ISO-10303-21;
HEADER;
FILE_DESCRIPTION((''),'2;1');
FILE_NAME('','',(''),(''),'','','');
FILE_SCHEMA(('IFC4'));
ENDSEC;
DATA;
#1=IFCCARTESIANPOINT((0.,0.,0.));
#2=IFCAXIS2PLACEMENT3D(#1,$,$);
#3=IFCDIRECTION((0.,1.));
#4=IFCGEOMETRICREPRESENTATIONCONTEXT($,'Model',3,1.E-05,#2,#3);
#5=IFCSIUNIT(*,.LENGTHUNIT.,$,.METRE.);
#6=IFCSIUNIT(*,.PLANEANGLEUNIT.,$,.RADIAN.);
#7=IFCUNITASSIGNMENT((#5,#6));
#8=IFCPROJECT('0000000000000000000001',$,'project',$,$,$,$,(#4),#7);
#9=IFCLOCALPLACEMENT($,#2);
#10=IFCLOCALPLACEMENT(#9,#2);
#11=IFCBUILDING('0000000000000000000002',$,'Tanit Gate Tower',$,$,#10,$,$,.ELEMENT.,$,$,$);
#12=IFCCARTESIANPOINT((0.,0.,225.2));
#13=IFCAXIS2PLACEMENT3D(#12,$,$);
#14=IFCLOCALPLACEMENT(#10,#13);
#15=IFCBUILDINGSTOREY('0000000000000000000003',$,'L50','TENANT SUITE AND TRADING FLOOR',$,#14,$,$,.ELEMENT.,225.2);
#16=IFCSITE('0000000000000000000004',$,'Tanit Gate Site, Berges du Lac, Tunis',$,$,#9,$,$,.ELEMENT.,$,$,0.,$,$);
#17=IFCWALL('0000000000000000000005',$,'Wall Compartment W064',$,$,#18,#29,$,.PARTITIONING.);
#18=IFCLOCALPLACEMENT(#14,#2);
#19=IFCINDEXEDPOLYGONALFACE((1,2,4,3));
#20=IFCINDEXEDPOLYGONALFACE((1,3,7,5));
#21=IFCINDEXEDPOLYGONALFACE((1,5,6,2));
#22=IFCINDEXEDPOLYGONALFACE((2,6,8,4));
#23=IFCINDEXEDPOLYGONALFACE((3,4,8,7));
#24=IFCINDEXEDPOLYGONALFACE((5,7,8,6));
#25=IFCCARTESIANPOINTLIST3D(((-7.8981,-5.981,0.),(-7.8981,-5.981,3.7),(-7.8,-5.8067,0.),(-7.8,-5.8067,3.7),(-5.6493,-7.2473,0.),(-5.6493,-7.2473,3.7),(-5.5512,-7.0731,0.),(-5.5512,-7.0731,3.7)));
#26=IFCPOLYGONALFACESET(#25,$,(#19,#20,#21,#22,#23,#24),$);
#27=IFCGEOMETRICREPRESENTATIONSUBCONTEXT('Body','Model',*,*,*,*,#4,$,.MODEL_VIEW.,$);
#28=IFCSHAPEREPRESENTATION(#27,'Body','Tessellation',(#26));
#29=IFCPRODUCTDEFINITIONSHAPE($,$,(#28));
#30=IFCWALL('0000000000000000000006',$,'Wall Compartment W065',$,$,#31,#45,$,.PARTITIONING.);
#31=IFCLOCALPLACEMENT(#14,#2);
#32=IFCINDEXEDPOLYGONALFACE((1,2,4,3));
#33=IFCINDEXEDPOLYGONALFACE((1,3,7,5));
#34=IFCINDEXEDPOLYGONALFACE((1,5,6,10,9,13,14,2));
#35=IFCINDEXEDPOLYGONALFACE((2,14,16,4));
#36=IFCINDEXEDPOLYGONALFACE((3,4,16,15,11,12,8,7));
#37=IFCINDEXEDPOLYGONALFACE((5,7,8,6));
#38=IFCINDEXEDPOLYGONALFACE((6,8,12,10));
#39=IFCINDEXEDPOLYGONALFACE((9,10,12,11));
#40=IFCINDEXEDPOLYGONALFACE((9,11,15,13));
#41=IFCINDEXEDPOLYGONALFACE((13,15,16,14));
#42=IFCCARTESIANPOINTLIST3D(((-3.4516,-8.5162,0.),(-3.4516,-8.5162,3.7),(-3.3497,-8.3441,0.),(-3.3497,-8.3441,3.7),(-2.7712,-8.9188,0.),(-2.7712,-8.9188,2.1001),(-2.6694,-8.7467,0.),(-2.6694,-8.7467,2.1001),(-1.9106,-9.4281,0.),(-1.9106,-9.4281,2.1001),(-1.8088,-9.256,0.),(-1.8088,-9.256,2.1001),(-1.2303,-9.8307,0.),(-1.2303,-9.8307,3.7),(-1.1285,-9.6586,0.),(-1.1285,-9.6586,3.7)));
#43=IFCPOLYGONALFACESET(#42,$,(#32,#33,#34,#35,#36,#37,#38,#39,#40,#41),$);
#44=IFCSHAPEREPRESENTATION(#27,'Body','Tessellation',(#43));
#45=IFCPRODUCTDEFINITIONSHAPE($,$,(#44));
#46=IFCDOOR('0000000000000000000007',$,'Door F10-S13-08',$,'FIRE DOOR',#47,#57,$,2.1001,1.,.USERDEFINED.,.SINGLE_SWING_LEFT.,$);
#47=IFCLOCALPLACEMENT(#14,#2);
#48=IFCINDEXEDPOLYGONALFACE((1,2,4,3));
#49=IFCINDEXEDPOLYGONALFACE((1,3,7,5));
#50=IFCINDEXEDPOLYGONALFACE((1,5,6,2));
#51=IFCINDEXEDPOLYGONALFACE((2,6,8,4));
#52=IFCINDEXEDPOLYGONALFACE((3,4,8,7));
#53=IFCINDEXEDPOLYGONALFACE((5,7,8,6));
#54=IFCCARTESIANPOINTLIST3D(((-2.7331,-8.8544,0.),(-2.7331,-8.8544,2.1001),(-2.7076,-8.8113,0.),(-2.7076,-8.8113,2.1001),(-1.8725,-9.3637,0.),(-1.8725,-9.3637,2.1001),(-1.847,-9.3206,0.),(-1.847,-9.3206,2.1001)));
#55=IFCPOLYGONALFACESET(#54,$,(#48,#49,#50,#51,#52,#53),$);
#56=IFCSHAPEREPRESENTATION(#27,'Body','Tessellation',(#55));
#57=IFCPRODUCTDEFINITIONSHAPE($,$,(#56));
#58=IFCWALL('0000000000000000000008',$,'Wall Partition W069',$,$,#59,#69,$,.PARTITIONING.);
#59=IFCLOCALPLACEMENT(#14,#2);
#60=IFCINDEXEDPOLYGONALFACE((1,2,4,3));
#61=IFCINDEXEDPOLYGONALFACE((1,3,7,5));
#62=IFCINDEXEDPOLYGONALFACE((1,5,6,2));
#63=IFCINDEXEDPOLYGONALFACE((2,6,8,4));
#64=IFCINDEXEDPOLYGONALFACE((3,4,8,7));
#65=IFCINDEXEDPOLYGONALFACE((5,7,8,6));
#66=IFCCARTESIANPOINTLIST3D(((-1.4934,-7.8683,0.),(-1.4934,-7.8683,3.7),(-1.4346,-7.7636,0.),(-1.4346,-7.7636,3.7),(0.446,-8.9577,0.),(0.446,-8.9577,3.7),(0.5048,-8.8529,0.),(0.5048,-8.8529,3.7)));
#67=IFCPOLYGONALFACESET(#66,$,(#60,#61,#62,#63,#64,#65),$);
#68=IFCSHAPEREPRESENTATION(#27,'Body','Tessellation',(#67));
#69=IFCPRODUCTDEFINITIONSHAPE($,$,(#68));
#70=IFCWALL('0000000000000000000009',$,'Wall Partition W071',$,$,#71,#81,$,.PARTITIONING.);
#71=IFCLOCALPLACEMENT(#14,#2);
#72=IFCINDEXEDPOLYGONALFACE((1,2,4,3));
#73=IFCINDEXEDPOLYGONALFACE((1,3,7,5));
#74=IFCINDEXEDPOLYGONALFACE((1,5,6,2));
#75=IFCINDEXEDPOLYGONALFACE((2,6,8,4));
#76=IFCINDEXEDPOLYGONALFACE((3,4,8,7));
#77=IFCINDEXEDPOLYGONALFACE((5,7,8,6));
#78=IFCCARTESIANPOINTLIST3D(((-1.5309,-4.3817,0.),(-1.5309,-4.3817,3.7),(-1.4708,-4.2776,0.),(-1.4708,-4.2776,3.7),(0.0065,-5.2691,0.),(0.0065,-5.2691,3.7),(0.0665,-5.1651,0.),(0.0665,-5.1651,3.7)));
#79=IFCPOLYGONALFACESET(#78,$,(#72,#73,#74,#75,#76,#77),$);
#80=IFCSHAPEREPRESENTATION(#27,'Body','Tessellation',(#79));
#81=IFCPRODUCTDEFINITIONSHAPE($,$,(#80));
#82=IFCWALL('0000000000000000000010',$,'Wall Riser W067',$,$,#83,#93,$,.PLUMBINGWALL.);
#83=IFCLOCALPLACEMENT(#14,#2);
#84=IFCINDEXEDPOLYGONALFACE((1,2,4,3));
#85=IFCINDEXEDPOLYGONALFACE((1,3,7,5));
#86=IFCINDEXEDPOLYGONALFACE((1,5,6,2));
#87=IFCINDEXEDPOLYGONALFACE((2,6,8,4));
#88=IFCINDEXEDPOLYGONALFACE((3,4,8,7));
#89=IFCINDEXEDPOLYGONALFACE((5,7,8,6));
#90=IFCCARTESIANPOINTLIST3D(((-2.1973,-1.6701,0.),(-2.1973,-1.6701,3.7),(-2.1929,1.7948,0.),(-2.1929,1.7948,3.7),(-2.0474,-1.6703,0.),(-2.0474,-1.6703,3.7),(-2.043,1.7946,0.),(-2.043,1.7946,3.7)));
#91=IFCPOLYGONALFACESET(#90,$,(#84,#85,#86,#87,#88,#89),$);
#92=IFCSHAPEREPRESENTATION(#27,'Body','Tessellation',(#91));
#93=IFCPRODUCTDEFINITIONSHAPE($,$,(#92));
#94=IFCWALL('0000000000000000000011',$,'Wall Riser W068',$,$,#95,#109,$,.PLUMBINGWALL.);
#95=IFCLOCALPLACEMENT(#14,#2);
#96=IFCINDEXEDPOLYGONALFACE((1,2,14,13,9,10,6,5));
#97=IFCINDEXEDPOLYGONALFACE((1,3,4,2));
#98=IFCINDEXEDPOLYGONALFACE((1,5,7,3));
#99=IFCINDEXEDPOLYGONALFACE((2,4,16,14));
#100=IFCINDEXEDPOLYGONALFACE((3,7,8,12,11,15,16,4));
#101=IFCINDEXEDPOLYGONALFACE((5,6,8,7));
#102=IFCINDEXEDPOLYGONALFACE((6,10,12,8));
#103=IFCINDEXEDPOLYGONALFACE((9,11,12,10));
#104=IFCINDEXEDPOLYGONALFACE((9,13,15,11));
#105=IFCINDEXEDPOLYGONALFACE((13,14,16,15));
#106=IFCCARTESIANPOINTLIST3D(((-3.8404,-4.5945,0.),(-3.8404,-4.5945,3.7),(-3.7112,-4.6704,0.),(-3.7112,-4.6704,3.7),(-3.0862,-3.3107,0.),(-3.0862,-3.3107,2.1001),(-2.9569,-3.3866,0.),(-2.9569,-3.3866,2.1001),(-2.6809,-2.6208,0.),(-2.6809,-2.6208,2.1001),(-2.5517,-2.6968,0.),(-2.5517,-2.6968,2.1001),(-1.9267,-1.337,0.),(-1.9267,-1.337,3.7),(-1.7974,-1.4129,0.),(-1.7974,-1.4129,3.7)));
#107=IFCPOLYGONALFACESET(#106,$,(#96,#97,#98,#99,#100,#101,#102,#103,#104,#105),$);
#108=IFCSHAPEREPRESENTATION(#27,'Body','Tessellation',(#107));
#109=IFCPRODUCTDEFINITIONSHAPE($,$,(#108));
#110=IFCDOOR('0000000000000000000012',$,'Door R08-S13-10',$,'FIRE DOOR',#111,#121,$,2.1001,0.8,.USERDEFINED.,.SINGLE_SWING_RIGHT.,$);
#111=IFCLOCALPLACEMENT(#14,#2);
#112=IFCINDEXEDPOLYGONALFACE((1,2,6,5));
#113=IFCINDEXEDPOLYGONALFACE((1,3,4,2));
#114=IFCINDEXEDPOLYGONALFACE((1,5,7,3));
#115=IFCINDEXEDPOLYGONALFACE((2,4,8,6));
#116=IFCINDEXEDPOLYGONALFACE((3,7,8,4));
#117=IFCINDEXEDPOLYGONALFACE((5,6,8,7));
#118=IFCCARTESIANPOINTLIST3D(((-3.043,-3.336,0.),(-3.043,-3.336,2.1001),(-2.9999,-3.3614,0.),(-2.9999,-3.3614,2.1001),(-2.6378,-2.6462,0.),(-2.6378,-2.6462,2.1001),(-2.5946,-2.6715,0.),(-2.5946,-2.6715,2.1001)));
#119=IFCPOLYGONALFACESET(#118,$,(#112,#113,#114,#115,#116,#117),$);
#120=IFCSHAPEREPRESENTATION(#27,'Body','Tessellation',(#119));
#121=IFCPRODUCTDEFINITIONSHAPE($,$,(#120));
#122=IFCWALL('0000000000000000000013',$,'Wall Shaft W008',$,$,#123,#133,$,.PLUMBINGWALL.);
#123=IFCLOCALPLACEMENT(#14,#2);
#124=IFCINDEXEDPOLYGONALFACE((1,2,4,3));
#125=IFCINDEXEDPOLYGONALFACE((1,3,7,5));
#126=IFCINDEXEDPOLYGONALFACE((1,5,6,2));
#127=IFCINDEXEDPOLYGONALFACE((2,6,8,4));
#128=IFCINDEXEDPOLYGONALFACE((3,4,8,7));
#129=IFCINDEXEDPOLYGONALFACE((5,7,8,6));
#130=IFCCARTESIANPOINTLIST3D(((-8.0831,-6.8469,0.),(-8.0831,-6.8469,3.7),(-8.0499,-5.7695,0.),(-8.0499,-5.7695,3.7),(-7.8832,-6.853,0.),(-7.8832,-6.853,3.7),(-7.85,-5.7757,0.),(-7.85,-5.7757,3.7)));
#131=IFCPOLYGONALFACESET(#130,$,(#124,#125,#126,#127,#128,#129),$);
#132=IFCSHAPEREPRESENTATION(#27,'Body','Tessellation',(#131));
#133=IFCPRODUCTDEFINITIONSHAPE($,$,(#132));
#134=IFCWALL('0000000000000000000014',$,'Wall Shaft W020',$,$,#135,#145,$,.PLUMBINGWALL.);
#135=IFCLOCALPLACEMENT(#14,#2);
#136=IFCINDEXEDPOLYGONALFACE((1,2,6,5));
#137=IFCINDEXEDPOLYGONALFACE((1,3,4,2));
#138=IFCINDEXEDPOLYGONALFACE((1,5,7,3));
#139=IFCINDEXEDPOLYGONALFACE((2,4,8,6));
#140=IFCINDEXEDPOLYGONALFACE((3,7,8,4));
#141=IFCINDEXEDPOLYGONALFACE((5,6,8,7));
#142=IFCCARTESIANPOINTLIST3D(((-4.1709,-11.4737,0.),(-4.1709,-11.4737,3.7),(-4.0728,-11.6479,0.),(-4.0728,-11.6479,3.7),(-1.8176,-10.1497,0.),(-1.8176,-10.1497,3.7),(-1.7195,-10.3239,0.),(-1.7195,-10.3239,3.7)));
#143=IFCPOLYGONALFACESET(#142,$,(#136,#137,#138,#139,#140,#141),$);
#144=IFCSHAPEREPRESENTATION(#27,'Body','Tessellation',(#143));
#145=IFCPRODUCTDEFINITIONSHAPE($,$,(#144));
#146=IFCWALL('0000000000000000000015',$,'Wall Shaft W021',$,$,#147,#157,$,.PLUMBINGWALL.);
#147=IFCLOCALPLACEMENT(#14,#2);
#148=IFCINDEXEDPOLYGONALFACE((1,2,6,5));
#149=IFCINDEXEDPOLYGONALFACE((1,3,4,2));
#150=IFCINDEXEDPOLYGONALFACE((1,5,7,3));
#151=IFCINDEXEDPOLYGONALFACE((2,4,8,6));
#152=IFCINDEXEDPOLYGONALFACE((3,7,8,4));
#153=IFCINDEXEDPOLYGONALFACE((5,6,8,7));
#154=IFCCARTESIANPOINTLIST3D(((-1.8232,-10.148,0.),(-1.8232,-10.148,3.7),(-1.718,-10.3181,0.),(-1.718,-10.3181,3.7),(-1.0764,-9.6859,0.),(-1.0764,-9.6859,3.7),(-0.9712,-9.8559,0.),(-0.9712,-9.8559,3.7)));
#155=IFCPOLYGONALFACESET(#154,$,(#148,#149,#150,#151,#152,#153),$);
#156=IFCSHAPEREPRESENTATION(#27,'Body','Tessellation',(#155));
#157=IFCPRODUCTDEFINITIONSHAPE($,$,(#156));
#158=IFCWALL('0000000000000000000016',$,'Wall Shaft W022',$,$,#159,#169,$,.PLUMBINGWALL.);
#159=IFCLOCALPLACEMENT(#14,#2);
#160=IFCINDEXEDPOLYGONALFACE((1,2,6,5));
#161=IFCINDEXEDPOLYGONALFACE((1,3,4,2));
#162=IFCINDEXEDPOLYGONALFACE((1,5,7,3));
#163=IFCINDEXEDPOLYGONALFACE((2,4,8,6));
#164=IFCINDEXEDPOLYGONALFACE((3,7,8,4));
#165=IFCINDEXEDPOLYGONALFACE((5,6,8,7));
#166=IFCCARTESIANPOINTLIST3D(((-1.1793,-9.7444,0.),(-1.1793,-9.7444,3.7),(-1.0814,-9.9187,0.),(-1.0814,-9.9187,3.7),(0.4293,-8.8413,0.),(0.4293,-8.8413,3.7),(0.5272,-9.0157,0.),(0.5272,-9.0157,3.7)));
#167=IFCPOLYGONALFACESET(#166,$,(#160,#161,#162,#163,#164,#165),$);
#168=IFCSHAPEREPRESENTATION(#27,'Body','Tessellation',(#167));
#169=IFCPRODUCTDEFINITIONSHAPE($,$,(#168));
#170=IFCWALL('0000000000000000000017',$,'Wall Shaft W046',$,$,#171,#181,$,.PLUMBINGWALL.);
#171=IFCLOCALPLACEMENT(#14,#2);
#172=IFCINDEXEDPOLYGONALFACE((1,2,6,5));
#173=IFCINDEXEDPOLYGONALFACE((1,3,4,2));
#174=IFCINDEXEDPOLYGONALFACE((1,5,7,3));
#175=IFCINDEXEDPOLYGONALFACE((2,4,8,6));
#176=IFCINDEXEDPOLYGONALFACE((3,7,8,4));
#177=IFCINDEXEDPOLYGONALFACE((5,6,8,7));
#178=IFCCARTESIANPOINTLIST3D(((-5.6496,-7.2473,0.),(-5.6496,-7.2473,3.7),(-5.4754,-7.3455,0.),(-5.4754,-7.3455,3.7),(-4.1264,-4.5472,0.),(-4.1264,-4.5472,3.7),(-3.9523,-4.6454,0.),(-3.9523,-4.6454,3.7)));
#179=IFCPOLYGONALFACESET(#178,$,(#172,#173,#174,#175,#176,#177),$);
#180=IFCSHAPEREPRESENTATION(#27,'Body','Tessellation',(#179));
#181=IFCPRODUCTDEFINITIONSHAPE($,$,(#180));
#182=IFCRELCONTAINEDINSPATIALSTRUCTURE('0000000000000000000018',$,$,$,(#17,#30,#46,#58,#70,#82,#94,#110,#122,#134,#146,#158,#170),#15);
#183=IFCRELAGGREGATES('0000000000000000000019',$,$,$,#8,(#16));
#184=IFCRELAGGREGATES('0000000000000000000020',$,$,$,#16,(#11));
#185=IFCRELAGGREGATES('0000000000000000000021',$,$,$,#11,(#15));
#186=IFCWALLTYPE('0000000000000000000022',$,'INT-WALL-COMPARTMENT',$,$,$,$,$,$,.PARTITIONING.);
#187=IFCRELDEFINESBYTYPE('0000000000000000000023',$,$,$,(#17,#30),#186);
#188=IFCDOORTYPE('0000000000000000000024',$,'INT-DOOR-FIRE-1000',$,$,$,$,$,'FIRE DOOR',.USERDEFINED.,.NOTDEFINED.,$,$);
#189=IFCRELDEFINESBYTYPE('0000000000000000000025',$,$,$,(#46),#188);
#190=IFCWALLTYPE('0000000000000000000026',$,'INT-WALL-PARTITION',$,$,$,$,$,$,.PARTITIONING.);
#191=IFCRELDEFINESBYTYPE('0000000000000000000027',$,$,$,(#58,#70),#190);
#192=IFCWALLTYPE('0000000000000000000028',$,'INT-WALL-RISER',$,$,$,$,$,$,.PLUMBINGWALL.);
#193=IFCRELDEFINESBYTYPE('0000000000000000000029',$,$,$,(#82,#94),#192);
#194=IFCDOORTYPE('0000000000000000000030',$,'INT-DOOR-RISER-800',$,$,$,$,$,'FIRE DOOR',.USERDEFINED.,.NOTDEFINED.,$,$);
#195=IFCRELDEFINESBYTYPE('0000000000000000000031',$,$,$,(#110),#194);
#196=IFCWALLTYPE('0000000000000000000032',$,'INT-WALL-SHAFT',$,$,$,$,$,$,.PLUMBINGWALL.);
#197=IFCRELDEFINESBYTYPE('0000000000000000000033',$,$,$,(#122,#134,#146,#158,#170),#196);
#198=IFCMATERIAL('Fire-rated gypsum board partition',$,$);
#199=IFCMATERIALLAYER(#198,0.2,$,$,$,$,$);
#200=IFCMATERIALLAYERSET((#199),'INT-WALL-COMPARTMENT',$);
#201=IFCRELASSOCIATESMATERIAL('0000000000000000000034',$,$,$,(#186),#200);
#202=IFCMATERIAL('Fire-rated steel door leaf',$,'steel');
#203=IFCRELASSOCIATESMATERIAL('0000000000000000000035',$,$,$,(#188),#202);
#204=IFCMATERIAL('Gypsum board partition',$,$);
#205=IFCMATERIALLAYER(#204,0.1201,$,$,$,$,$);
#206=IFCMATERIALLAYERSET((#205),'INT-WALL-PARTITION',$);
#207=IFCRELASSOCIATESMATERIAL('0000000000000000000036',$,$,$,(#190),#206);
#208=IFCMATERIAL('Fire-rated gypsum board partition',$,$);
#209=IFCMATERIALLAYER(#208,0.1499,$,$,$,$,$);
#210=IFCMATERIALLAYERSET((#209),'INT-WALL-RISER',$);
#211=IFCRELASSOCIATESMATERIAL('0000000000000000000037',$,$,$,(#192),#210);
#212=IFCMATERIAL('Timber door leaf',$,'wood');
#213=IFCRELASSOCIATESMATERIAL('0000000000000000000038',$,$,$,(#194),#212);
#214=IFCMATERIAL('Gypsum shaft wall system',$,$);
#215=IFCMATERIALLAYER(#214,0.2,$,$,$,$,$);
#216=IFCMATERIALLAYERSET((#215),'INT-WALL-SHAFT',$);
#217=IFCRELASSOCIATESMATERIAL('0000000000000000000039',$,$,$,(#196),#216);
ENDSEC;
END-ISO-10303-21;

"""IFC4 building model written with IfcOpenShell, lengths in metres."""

from ifc_helpers import new_model, si_unit, direction, frame, frame_2d, origin, place, context, subcontext, project, spatial, rectangle, extrude, material, layer, layer_set, type_object, element, fill, save


model = new_model("IFC4")

# Units and contexts
model_context = context("Model", 3, precision=1e-05, world=origin(), true_north=direction((0.0, 1.0)))
body_context = subcontext(model_context, "Body", "Model", "MODEL_VIEW")
ifc_project = project(units=[si_unit("LENGTHUNIT", "METRE"), si_unit("PLANEANGLEUNIT", "RADIAN")], contexts=[model_context])

# Site, building, storey
site_placement = place(None, origin())
site = spatial("IfcSite", under=ifc_project, at=site_placement, Name="Tanit Gate Site, Berges du Lac, Tunis", CompositionType="ELEMENT", RefElevation=0.0)
building_placement = place(site_placement, origin())
building = spatial("IfcBuilding", under=site, at=building_placement, Name="Tanit Gate Tower", CompositionType="ELEMENT")
storey_placement = place(building_placement, frame((0.0, 0.0, 225.2)))
storey = spatial("IfcBuildingStorey", under=building, at=storey_placement, Name="L50", Description="TENANT SUITE AND TRADING FLOOR", CompositionType="ELEMENT", Elevation=225.2)

# Wall
ifc_material_1 = material(Name="Fire-rated gypsum board partition")
ifc_layer_1 = layer(ifc_material_1, 0.2)
ifc_layer_set_1 = layer_set([ifc_layer_1], Name="INT-WALL-COMPARTMENT")
wall_type_1 = type_object("IfcWallType", Name="INT-WALL-COMPARTMENT", PredefinedType="PARTITIONING", material=ifc_layer_set_1)
wall_1_placement = place(storey_placement, frame((-7.8491, -5.8938, 0.0), z_axis=(0.0, 0.0, 1.0), x_axis=(0.87134, -0.490679, 0.0)))
element("IfcWall", 1, at=wall_1_placement, inside=storey, type_object=wall_type_1, Name="Wall Compartment W064", PredefinedType="PARTITIONING", context=body_context, shape_type="SweptSolid", body=[
    extrude(rectangle(XDim=2.5808, YDim=0.2, at=frame_2d((1.2905, 0.0))), origin(), (0.0, 0.0, 1.0), 3.7),
])

# Wall, opening, door
wall_2_placement = place(storey_placement, frame((-3.4006, -8.4302, 0.0), z_axis=(0.0, 0.0, 1.0), x_axis=(0.860599, -0.509284, 0.0)))
wall_2 = element("IfcWall", 2, at=wall_2_placement, inside=storey, type_object=wall_type_1, Name="Wall Compartment W065", PredefinedType="PARTITIONING", context=body_context, shape_type="SweptSolid", body=[
    extrude(rectangle(XDim=2.5811, YDim=0.2, at=frame_2d((1.2905, 0.0))), origin(), (0.0, 0.0, 1.0), 3.7),
])
opening_1_placement = place(wall_2_placement, frame((0.7905, 0.0, 0.0)))
opening_1 = element("IfcOpeningElement", 3, at=opening_1_placement, cuts=wall_2, PredefinedType="OPENING", context=body_context, shape_type="SweptSolid", body=[
    extrude(rectangle(XDim=1.0, YDim=2.1001, at=frame_2d((0.5, 1.05))), frame((0.0, 0.1099, 0.0), z_axis=(0.0, -1.0, 0.0), x_axis=(1.0, 0.0, 0.0)), (0.0, 0.0, 1.0), 0.22),
])
ifc_material_2 = material(Name="Fire-rated steel door leaf", Category="steel")
door_type_1 = type_object("IfcDoorType", Name="INT-DOOR-FIRE-1000", ElementType="FIRE DOOR", OperationType="NOTDEFINED", PredefinedType="USERDEFINED", material=ifc_material_2)
door_1_placement = place(opening_1_placement, origin())
door_1 = element("IfcDoor", 4, at=door_1_placement, inside=storey, type_object=door_type_1, Name="Door F10-S13-08", ObjectType="FIRE DOOR", OperationType="SINGLE_SWING_LEFT", OverallHeight=2.1001, OverallWidth=1.0, PredefinedType="USERDEFINED", context=body_context, shape_type="SweptSolid", body=[
    extrude(rectangle(XDim=1.0, YDim=2.1001, at=frame_2d((0.5, 1.05))), frame((0.0, 0.0249, 0.0), z_axis=(0.0, -1.0, 0.0), x_axis=(1.0, 0.0, 0.0)), (0.0, 0.0, 1.0), 0.05),
])
fill(opening_1, door_1)

# Walls
ifc_material_3 = material(Name="Gypsum board partition")
ifc_layer_2 = layer(ifc_material_3, 0.1201)
ifc_layer_set_2 = layer_set([ifc_layer_2], Name="INT-WALL-PARTITION")
wall_type_2 = type_object("IfcWallType", Name="INT-WALL-PARTITION", PredefinedType="PARTITIONING", material=ifc_layer_set_2)
wall_3_placement = place(storey_placement, frame((-1.4641, -7.8159, 0.0), z_axis=(0.0, 0.0, 1.0), x_axis=(0.87188, -0.489719, 0.0)))
element("IfcWall", 5, at=wall_3_placement, inside=storey, type_object=wall_type_2, Name="Wall Partition W069", PredefinedType="PARTITIONING", context=body_context, shape_type="SweptSolid", body=[
    extrude(rectangle(XDim=2.2244, YDim=0.1201, at=frame_2d((1.1123, 0.0))), origin(), (0.0, 0.0, 1.0), 3.7),
])
wall_4_placement = place(storey_placement, frame((-1.501, -4.3296, 0.0), z_axis=(0.0, 0.0, 1.0), x_axis=(0.86606, -0.499941, 0.0)))
element("IfcWall", 6, at=wall_4_placement, inside=storey, type_object=wall_type_2, Name="Wall Partition W071", PredefinedType="PARTITIONING", context=body_context, shape_type="SweptSolid", body=[
    extrude(rectangle(XDim=1.7751, YDim=0.1201, at=frame_2d((0.8877, 0.0))), origin(), (0.0, 0.0, 1.0), 3.7),
])
ifc_material_4 = material(Name="Fire-rated gypsum board partition")
ifc_layer_3 = layer(ifc_material_4, 0.1499)
ifc_layer_set_3 = layer_set([ifc_layer_3], Name="INT-WALL-RISER")
wall_type_3 = type_object("IfcWallType", Name="INT-WALL-RISER", PredefinedType="PLUMBINGWALL", material=ifc_layer_set_3)
wall_5_placement = place(storey_placement, frame((-2.1223, -1.6702, 0.0), z_axis=(0.0, 0.0, 1.0), x_axis=(0.001268, 0.999999, 0.0)))
element("IfcWall", 7, at=wall_5_placement, inside=storey, type_object=wall_type_3, Name="Wall Riser W067", PredefinedType="PLUMBINGWALL", context=body_context, shape_type="SweptSolid", body=[
    extrude(rectangle(XDim=3.4648, YDim=0.1499, at=frame_2d((1.7324, 0.0))), origin(), (0.0, 0.0, 1.0), 3.7),
])

# Wall, opening, door
wall_6_placement = place(storey_placement, frame((-3.7759, -4.6326, 0.0), z_axis=(0.0, 0.0, 1.0), x_axis=(0.506548, 0.862211, 0.0)))
wall_6 = element("IfcWall", 8, at=wall_6_placement, inside=storey, type_object=wall_type_3, Name="Wall Riser W068", PredefinedType="PLUMBINGWALL", context=body_context, shape_type="SweptSolid", body=[
    extrude(rectangle(XDim=3.7781, YDim=0.1499, at=frame_2d((1.8892, 0.0))), origin(), (0.0, 0.0, 1.0), 3.7),
])
opening_2_placement = place(wall_6_placement, frame((1.4893, 0.0, 0.0)))
opening_2 = element("IfcOpeningElement", 9, at=opening_2_placement, cuts=wall_6, PredefinedType="OPENING", context=body_context, shape_type="SweptSolid", body=[
    extrude(rectangle(XDim=0.8, YDim=2.1001, at=frame_2d((0.3999, 1.05))), frame((0.0, 0.085, 0.0), z_axis=(0.0, -1.0, 0.0), x_axis=(1.0, 0.0, 0.0)), (0.0, 0.0, 1.0), 0.1699),
])
ifc_material_5 = material(Name="Timber door leaf", Category="wood")
door_type_2 = type_object("IfcDoorType", Name="INT-DOOR-RISER-800", ElementType="FIRE DOOR", OperationType="NOTDEFINED", PredefinedType="USERDEFINED", material=ifc_material_5)
door_2_placement = place(opening_2_placement, origin())
door_2 = element("IfcDoor", 10, at=door_2_placement, inside=storey, type_object=door_type_2, Name="Door R08-S13-10", ObjectType="FIRE DOOR", OperationType="SINGLE_SWING_RIGHT", OverallHeight=2.1001, OverallWidth=0.8, PredefinedType="USERDEFINED", context=body_context, shape_type="SweptSolid", body=[
    extrude(rectangle(XDim=0.8, YDim=2.1001, at=frame_2d((0.3999, 1.05))), frame((0.0, 0.0249, 0.0), z_axis=(0.0, -1.0, 0.0), x_axis=(1.0, 0.0, 0.0)), (0.0, 0.0, 1.0), 0.05),
])
fill(opening_2, door_2)

# Walls
ifc_material_6 = material(Name="Gypsum shaft wall system")
ifc_layer_4 = layer(ifc_material_6, 0.2)
ifc_layer_set_4 = layer_set([ifc_layer_4], Name="INT-WALL-SHAFT")
wall_type_4 = type_object("IfcWallType", Name="INT-WALL-SHAFT", PredefinedType="PLUMBINGWALL", material=ifc_layer_set_4)
wall_7_placement = place(storey_placement, frame((-7.95, -5.7725, 0.0), z_axis=(0.0, 0.0, 1.0), x_axis=(-0.030803, -0.999525, 0.0)))
element("IfcWall", 11, at=wall_7_placement, inside=storey, type_object=wall_type_4, Name="Wall Shaft W008", PredefinedType="PLUMBINGWALL", context=body_context, shape_type="SweptSolid", body=[
    extrude(rectangle(XDim=1.0779, YDim=0.2, at=frame_2d((0.5391, 0.0))), origin(), (0.0, 0.0, 1.0), 3.7),
])
wall_8_placement = place(storey_placement, frame((-1.7686, -10.2368, 0.0), z_axis=(0.0, 0.0, 1.0), x_axis=(-0.871534, -0.490334, 0.0)))
element("IfcWall", 12, at=wall_8_placement, inside=storey, type_object=wall_type_4, Name="Wall Shaft W020", PredefinedType="PLUMBINGWALL", context=body_context, shape_type="SweptSolid", body=[
    extrude(rectangle(XDim=2.7002, YDim=0.2, at=frame_2d((1.3501, 0.0))), origin(), (0.0, 0.0, 1.0), 3.7),
])
wall_9_placement = place(storey_placement, frame((-1.0239, -9.771, 0.0), z_axis=(0.0, 0.0, 1.0), x_axis=(-0.850348, -0.526221, 0.0)))
element("IfcWall", 13, at=wall_9_placement, inside=storey, type_object=wall_type_4, Name="Wall Shaft W021", PredefinedType="PLUMBINGWALL", context=body_context, shape_type="SweptSolid", body=[
    extrude(rectangle(XDim=0.8782, YDim=0.2, at=frame_2d((0.439, 0.0))), origin(), (0.0, 0.0, 1.0), 3.7),
])
wall_10_placement = place(storey_placement, frame((-1.1304, -9.8315, 0.0), z_axis=(0.0, 0.0, 1.0), x_axis=(0.871989, 0.489526, 0.0)))
element("IfcWall", 14, at=wall_10_placement, inside=storey, type_object=wall_type_4, Name="Wall Shaft W022", PredefinedType="PLUMBINGWALL", context=body_context, shape_type="SweptSolid", body=[
    extrude(rectangle(XDim=1.8447, YDim=0.2, at=frame_2d((0.9224, 0.0))), origin(), (0.0, 0.0, 1.0), 3.7),
])

# Wall
wall_11_placement = place(storey_placement, frame((-5.5625, -7.2964, 0.0), z_axis=(0.0, 0.0, 1.0), x_axis=(0.491323, 0.870978, 0.0)))
element("IfcWall", 15, at=wall_11_placement, inside=storey, type_object=wall_type_4, Name="Wall Shaft W046", PredefinedType="PLUMBINGWALL", context=body_context, shape_type="SweptSolid", body=[
    extrude(rectangle(XDim=3.1001, YDim=0.2, at=frame_2d((1.55, 0.0))), origin(), (0.0, 0.0, 1.0), 3.7),
])

save(model, "model.ifc")
